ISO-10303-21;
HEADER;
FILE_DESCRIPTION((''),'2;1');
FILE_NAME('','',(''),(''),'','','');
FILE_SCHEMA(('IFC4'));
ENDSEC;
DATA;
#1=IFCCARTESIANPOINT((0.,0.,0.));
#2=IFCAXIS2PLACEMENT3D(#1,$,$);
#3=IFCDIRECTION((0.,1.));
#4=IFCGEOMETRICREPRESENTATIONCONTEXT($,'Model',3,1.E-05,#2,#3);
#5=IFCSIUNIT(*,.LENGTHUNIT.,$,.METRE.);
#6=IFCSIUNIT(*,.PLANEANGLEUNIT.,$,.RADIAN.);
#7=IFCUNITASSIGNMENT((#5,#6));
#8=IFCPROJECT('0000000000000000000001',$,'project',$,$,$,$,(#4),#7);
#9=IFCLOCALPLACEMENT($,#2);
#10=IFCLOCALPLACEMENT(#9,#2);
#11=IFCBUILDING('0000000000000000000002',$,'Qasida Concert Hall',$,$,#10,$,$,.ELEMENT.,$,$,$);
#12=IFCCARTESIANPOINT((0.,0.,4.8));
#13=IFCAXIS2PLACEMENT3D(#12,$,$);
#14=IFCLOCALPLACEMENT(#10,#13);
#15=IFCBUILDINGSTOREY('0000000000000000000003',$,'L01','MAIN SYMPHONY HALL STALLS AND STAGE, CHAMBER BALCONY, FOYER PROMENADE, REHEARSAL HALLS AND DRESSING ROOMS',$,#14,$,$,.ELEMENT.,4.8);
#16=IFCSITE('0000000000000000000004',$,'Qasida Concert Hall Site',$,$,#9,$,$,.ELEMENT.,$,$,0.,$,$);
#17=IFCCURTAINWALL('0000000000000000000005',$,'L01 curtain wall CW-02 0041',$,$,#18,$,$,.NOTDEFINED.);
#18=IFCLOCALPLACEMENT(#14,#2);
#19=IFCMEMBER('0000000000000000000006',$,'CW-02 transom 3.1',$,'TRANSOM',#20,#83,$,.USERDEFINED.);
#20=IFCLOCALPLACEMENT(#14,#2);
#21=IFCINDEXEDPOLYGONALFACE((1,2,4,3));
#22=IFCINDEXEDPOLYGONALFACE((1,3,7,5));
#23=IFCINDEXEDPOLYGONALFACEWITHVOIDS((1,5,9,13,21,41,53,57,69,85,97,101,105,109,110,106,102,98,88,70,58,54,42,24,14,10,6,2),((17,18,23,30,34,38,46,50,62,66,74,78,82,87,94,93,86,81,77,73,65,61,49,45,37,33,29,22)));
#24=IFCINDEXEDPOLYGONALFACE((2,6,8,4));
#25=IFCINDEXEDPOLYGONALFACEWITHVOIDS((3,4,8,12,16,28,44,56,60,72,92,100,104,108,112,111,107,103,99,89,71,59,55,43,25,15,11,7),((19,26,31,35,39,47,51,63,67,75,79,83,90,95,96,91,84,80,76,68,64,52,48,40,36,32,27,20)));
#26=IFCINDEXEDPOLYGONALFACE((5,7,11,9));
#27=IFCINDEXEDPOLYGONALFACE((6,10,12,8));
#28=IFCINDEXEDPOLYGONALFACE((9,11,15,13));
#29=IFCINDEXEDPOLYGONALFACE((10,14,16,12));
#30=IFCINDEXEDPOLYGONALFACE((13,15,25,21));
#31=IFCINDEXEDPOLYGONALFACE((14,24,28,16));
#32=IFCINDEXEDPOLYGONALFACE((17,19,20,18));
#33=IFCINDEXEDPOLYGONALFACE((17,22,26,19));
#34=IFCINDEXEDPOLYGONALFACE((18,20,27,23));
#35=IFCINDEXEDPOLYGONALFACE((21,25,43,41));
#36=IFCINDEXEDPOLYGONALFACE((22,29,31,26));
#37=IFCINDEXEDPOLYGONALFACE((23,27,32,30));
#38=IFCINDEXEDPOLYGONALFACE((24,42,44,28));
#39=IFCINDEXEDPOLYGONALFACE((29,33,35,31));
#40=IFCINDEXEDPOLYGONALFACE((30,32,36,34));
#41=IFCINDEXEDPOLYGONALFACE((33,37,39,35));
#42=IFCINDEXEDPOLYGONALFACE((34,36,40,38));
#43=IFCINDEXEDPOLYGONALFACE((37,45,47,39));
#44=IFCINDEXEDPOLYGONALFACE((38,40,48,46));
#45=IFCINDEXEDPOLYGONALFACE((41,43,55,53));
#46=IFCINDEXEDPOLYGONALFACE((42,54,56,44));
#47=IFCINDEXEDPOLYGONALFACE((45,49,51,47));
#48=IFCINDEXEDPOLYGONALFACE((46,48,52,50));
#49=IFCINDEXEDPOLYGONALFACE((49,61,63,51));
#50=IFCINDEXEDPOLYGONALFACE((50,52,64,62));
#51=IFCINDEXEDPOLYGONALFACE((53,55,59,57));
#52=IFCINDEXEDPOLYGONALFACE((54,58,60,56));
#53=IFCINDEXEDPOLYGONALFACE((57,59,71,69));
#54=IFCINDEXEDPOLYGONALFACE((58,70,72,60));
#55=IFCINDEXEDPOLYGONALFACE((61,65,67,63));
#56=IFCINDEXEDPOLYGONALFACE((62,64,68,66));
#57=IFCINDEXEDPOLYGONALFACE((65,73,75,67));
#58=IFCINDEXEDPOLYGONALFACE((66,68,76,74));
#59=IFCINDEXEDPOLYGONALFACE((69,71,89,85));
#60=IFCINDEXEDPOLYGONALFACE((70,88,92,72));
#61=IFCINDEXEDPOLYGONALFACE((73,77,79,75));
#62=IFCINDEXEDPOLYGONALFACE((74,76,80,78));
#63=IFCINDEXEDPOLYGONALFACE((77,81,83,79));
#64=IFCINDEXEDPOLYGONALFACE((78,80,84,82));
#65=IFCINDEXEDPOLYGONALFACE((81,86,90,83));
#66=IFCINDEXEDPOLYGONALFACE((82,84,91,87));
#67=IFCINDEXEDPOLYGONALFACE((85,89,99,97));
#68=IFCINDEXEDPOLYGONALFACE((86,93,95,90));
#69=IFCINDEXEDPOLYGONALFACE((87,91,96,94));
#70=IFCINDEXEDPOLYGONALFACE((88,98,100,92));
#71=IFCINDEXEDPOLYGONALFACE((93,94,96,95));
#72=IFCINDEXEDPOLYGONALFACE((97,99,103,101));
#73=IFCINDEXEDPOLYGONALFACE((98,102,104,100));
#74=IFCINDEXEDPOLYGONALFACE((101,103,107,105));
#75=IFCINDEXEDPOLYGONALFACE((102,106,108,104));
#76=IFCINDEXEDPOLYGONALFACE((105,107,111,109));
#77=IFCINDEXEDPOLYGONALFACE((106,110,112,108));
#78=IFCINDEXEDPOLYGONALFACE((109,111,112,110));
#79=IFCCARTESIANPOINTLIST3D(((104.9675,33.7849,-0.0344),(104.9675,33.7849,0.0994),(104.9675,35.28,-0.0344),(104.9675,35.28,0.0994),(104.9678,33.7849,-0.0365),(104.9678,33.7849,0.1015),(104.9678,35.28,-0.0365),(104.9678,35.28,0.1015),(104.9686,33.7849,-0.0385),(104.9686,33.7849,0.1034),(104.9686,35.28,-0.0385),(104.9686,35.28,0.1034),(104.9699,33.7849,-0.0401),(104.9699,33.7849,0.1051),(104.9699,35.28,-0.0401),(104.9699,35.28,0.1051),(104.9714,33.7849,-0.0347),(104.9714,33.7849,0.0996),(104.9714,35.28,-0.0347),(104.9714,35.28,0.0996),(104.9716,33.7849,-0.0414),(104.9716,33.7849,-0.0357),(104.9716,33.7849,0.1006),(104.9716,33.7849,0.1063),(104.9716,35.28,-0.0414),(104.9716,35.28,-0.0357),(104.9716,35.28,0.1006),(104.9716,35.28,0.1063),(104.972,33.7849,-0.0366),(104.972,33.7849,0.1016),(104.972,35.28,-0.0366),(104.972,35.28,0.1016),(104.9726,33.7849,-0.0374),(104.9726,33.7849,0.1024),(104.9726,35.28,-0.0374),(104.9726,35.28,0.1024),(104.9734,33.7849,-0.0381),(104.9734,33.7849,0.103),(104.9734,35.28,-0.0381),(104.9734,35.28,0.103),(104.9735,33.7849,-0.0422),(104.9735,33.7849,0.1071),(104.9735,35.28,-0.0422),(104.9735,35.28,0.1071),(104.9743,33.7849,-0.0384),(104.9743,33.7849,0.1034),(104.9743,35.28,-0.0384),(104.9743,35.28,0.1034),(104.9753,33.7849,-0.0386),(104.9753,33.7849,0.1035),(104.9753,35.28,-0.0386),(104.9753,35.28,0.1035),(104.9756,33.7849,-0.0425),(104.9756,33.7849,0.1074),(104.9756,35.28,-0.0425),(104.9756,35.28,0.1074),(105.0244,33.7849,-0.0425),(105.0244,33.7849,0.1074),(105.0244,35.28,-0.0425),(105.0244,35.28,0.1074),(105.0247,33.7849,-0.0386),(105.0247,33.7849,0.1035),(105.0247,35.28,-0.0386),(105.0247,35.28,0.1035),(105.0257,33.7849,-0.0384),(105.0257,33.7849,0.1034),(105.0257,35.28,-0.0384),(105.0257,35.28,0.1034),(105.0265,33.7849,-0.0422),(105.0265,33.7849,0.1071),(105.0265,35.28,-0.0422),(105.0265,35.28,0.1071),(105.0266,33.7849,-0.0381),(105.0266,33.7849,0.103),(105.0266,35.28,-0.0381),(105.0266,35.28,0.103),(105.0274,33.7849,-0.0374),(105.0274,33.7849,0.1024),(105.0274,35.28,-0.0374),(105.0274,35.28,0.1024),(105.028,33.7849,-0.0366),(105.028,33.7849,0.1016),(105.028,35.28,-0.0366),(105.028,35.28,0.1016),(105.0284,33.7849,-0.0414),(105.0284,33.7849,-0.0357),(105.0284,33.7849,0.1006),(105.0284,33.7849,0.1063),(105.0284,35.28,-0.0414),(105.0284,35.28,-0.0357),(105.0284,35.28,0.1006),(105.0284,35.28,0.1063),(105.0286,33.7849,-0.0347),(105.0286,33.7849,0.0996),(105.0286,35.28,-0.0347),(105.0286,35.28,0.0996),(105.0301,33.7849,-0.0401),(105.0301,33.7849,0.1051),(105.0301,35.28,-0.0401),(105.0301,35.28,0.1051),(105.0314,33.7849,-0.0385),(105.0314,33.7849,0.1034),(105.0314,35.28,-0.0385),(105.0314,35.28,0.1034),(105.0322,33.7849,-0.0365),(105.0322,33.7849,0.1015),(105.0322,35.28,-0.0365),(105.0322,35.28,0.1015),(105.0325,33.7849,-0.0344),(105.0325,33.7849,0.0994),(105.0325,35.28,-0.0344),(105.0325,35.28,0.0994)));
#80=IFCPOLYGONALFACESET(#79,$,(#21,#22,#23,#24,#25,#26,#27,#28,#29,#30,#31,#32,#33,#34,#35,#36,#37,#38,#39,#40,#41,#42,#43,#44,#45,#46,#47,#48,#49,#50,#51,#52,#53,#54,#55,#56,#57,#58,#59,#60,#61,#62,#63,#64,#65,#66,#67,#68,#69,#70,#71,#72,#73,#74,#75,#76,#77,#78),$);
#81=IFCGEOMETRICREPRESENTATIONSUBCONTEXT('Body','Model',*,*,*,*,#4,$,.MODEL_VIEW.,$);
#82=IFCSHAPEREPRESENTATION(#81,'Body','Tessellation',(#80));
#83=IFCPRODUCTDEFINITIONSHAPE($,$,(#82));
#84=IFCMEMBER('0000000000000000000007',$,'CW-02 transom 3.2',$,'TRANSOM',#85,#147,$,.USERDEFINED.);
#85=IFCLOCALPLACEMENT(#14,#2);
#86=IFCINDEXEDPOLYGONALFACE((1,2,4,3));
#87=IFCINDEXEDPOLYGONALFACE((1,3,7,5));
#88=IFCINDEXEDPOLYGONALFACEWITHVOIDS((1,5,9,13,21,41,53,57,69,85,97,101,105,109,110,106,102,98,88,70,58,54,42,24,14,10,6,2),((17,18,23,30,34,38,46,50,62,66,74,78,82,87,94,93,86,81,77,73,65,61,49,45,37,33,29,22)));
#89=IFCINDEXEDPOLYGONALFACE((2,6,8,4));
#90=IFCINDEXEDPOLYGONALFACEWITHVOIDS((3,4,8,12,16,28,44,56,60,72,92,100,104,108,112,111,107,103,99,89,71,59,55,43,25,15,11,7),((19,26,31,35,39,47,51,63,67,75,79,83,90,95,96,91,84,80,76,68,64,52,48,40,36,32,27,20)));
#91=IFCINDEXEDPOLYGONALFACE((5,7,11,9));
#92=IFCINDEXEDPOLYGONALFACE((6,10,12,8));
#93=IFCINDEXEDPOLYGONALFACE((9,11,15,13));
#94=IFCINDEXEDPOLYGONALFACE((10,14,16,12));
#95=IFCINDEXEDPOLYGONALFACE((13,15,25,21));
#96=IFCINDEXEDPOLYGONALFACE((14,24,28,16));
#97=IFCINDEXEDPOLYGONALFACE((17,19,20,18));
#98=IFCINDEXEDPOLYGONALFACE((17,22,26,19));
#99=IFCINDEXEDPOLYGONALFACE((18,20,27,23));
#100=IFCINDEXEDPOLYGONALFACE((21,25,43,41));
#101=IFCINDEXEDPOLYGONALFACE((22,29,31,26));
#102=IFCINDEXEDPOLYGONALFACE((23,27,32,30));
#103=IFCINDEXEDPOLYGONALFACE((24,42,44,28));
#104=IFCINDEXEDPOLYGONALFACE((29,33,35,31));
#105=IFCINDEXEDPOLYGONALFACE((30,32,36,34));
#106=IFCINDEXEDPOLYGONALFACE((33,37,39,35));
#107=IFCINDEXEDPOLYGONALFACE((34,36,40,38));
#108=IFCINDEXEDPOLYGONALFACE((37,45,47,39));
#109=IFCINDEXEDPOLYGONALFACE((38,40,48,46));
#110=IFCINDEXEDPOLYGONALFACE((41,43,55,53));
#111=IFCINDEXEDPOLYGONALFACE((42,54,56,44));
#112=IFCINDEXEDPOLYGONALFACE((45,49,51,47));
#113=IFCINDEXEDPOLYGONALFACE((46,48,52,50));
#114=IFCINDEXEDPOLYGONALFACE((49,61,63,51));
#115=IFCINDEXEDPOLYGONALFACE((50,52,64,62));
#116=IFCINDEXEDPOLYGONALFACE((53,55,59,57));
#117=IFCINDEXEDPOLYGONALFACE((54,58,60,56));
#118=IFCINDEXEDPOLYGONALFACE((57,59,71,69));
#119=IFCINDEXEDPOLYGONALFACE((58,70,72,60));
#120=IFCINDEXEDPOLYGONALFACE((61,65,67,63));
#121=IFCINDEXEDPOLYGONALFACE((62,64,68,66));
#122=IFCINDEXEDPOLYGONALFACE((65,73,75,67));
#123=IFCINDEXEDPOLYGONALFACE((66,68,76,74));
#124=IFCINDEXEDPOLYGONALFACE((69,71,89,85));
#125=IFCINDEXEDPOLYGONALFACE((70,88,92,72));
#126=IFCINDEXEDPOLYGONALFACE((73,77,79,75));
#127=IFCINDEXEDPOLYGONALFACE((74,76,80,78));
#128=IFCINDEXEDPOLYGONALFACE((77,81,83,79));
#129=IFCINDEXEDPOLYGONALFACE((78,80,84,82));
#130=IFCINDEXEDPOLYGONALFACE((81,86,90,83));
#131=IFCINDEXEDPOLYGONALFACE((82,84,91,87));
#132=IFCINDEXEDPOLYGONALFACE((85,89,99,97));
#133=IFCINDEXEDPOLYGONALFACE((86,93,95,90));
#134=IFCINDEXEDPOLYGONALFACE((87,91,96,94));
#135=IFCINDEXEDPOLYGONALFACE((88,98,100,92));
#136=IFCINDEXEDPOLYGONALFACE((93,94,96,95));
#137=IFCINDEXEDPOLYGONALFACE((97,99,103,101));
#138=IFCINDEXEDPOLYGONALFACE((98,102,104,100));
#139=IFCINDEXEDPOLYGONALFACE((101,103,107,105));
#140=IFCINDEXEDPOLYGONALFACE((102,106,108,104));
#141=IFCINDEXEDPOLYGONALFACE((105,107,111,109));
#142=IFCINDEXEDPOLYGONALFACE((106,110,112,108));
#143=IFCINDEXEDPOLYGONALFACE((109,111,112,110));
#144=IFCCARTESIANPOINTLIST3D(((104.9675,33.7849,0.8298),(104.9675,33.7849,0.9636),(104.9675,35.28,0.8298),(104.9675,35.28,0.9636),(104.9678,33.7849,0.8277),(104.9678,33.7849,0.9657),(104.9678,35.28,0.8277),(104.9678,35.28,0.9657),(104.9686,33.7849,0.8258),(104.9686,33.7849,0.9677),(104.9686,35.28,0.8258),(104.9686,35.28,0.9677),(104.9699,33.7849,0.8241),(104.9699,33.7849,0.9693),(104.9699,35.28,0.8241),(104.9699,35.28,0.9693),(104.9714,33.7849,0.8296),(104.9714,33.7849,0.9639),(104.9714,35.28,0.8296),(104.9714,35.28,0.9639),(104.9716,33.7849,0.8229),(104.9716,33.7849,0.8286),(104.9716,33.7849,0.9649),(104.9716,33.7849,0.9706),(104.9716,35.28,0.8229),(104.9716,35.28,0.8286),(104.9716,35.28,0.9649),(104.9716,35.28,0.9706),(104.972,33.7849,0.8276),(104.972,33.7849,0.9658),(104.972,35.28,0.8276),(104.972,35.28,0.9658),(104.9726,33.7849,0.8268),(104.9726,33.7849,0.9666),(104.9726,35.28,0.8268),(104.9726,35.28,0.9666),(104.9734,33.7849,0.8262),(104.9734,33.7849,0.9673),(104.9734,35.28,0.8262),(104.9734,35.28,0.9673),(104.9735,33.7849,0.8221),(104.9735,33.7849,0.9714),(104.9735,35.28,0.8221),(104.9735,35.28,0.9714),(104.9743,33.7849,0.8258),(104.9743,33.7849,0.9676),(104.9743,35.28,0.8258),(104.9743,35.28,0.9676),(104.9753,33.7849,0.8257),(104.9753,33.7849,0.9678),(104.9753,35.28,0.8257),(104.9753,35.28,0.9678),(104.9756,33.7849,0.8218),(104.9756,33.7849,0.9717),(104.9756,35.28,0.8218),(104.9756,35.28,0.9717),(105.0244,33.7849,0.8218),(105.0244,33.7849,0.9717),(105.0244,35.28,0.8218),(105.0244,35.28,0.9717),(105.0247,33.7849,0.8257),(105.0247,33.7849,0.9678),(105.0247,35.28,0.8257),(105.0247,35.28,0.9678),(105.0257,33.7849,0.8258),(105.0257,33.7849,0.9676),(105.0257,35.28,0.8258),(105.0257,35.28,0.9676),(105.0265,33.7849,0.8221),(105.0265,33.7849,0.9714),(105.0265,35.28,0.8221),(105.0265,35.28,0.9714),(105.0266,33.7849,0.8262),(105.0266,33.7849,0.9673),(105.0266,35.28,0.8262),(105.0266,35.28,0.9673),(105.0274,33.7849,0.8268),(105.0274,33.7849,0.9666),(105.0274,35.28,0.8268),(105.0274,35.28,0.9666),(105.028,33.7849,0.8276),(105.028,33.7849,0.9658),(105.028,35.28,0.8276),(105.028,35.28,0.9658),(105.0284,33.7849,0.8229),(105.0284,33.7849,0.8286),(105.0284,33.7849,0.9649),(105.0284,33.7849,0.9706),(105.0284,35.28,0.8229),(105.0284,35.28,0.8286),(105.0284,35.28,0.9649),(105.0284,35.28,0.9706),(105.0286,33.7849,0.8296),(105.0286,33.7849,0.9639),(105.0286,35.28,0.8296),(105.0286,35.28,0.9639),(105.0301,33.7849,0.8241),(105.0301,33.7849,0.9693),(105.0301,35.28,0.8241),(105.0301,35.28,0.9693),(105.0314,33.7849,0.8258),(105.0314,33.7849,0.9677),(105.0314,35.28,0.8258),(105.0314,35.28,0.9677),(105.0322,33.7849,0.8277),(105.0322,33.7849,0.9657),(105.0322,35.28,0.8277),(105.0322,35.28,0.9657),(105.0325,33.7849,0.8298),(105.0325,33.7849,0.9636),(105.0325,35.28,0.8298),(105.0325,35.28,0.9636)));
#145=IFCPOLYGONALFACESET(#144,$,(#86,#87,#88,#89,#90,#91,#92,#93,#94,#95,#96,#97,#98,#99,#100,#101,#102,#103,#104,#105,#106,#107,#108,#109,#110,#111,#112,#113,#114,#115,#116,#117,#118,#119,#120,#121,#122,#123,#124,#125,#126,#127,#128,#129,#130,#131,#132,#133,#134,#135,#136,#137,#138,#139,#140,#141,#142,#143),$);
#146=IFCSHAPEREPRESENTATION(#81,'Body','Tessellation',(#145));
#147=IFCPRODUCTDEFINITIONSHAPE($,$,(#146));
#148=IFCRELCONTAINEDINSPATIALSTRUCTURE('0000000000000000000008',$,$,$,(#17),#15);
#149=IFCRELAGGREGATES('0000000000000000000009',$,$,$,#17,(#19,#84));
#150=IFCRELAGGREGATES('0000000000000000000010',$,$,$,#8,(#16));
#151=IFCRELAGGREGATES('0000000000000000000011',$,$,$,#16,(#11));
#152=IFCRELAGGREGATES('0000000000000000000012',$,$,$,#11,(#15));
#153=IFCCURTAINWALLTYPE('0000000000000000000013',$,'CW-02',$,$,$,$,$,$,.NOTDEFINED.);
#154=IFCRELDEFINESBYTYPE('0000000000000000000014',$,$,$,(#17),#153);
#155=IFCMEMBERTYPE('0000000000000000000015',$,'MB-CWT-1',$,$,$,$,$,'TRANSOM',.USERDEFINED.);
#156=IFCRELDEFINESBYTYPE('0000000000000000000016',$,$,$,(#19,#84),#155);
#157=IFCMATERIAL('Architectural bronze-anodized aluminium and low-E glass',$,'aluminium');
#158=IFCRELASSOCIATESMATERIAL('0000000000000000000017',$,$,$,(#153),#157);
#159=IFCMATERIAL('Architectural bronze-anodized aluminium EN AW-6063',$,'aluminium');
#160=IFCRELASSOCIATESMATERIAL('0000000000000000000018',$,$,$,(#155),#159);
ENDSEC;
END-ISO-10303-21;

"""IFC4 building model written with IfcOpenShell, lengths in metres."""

from ifc_helpers import new_model, si_unit, direction, frame, origin, origin_2d, place, context, subcontext, project, spatial, hollow_rectangle, extrude, material, material_profile, profile_set, type_object, element, aggregate, save


model = new_model("IFC4")

# Units and contexts
model_context = context("Model", 3, precision=1e-05, world=origin(), true_north=direction((0.0, 1.0)))
body_context = subcontext(model_context, "Body", "Model", "MODEL_VIEW")
ifc_project = project(units=[si_unit("LENGTHUNIT", "METRE"), si_unit("PLANEANGLEUNIT", "RADIAN")], contexts=[model_context])

# Site, building, storey
site_placement = place(None, origin())
site = spatial("IfcSite", under=ifc_project, at=site_placement, Name="Qasida Concert Hall Site", CompositionType="ELEMENT", RefElevation=0.0)
building_placement = place(site_placement, origin())
building = spatial("IfcBuilding", under=site, at=building_placement, Name="Qasida Concert Hall", CompositionType="ELEMENT")
storey_placement = place(building_placement, frame((0.0, 0.0, 4.8)))
storey = spatial("IfcBuildingStorey", under=building, at=storey_placement, Name="L01", Description="MAIN SYMPHONY HALL STALLS AND STAGE, CHAMBER BALCONY, FOYER PROMENADE, REHEARSAL HALLS AND DRESSING ROOMS", CompositionType="ELEMENT", Elevation=4.8)

# Curtain wall, members
ifc_material_1 = material(Name="Architectural bronze-anodized aluminium and low-E glass", Category="aluminium")
curtain_wall_type = type_object("IfcCurtainWallType", Name="CW-02", PredefinedType="NOTDEFINED", material=ifc_material_1)
curtain_wall_placement = place(storey_placement, origin())
curtain_wall = element("IfcCurtainWall", 1, at=curtain_wall_placement, inside=storey, type_object=curtain_wall_type, Name="L01 curtain wall CW-02 0041", PredefinedType="NOTDEFINED")
ifc_material_2 = material(Name="Architectural bronze-anodized aluminium EN AW-6063", Category="aluminium")
ifc_material_profile_1 = material_profile(ifc_material_2, hollow_rectangle(XDim=0.0649, YDim=0.1499, WallThickness=0.0039, InnerFilletRadius=0.0039, OuterFilletRadius=0.0081, at=origin_2d()), Name="CWT 150x65x4")
ifc_profile_set_1 = profile_set([ifc_material_profile_1], Name="Architectural bronze-anodized aluminium EN AW-6063")
member_type_1 = type_object("IfcMemberType", Name="MB-CWT-1", ElementType="TRANSOM", PredefinedType="USERDEFINED", material=ifc_profile_set_1)
member_1_placement = place(storey_placement, frame((105.0, 33.7849, 0.0325), z_axis=(0.0, 1.0, 0.0), x_axis=(-1.0, 0.0, 0.0)))
member_1 = element("IfcMember", 2, at=member_1_placement, type_object=member_type_1, Name="CW-02 transom 3.1", ObjectType="TRANSOM", PredefinedType="USERDEFINED", context=body_context, shape_type="SweptSolid", body=[
    extrude(hollow_rectangle(XDim=0.0649, YDim=0.1499, WallThickness=0.0039, InnerFilletRadius=0.0039, OuterFilletRadius=0.0081, at=origin_2d()), origin(), (0.0, 0.0, 1.0), 1.4951),
])
member_2_placement = place(storey_placement, frame((105.0, 33.7849, 0.8967), z_axis=(0.0, 1.0, 0.0), x_axis=(-1.0, 0.0, 0.0)))
member_2 = element("IfcMember", 3, at=member_2_placement, type_object=member_type_1, Name="CW-02 transom 3.2", ObjectType="TRANSOM", PredefinedType="USERDEFINED", context=body_context, shape_type="SweptSolid", body=[
    extrude(hollow_rectangle(XDim=0.0649, YDim=0.1499, WallThickness=0.0039, InnerFilletRadius=0.0039, OuterFilletRadius=0.0081, at=origin_2d()), origin(), (0.0, 0.0, 1.0), 1.4951),
])
aggregate(curtain_wall, [member_1, member_2])

save(model, "model.ifc")
